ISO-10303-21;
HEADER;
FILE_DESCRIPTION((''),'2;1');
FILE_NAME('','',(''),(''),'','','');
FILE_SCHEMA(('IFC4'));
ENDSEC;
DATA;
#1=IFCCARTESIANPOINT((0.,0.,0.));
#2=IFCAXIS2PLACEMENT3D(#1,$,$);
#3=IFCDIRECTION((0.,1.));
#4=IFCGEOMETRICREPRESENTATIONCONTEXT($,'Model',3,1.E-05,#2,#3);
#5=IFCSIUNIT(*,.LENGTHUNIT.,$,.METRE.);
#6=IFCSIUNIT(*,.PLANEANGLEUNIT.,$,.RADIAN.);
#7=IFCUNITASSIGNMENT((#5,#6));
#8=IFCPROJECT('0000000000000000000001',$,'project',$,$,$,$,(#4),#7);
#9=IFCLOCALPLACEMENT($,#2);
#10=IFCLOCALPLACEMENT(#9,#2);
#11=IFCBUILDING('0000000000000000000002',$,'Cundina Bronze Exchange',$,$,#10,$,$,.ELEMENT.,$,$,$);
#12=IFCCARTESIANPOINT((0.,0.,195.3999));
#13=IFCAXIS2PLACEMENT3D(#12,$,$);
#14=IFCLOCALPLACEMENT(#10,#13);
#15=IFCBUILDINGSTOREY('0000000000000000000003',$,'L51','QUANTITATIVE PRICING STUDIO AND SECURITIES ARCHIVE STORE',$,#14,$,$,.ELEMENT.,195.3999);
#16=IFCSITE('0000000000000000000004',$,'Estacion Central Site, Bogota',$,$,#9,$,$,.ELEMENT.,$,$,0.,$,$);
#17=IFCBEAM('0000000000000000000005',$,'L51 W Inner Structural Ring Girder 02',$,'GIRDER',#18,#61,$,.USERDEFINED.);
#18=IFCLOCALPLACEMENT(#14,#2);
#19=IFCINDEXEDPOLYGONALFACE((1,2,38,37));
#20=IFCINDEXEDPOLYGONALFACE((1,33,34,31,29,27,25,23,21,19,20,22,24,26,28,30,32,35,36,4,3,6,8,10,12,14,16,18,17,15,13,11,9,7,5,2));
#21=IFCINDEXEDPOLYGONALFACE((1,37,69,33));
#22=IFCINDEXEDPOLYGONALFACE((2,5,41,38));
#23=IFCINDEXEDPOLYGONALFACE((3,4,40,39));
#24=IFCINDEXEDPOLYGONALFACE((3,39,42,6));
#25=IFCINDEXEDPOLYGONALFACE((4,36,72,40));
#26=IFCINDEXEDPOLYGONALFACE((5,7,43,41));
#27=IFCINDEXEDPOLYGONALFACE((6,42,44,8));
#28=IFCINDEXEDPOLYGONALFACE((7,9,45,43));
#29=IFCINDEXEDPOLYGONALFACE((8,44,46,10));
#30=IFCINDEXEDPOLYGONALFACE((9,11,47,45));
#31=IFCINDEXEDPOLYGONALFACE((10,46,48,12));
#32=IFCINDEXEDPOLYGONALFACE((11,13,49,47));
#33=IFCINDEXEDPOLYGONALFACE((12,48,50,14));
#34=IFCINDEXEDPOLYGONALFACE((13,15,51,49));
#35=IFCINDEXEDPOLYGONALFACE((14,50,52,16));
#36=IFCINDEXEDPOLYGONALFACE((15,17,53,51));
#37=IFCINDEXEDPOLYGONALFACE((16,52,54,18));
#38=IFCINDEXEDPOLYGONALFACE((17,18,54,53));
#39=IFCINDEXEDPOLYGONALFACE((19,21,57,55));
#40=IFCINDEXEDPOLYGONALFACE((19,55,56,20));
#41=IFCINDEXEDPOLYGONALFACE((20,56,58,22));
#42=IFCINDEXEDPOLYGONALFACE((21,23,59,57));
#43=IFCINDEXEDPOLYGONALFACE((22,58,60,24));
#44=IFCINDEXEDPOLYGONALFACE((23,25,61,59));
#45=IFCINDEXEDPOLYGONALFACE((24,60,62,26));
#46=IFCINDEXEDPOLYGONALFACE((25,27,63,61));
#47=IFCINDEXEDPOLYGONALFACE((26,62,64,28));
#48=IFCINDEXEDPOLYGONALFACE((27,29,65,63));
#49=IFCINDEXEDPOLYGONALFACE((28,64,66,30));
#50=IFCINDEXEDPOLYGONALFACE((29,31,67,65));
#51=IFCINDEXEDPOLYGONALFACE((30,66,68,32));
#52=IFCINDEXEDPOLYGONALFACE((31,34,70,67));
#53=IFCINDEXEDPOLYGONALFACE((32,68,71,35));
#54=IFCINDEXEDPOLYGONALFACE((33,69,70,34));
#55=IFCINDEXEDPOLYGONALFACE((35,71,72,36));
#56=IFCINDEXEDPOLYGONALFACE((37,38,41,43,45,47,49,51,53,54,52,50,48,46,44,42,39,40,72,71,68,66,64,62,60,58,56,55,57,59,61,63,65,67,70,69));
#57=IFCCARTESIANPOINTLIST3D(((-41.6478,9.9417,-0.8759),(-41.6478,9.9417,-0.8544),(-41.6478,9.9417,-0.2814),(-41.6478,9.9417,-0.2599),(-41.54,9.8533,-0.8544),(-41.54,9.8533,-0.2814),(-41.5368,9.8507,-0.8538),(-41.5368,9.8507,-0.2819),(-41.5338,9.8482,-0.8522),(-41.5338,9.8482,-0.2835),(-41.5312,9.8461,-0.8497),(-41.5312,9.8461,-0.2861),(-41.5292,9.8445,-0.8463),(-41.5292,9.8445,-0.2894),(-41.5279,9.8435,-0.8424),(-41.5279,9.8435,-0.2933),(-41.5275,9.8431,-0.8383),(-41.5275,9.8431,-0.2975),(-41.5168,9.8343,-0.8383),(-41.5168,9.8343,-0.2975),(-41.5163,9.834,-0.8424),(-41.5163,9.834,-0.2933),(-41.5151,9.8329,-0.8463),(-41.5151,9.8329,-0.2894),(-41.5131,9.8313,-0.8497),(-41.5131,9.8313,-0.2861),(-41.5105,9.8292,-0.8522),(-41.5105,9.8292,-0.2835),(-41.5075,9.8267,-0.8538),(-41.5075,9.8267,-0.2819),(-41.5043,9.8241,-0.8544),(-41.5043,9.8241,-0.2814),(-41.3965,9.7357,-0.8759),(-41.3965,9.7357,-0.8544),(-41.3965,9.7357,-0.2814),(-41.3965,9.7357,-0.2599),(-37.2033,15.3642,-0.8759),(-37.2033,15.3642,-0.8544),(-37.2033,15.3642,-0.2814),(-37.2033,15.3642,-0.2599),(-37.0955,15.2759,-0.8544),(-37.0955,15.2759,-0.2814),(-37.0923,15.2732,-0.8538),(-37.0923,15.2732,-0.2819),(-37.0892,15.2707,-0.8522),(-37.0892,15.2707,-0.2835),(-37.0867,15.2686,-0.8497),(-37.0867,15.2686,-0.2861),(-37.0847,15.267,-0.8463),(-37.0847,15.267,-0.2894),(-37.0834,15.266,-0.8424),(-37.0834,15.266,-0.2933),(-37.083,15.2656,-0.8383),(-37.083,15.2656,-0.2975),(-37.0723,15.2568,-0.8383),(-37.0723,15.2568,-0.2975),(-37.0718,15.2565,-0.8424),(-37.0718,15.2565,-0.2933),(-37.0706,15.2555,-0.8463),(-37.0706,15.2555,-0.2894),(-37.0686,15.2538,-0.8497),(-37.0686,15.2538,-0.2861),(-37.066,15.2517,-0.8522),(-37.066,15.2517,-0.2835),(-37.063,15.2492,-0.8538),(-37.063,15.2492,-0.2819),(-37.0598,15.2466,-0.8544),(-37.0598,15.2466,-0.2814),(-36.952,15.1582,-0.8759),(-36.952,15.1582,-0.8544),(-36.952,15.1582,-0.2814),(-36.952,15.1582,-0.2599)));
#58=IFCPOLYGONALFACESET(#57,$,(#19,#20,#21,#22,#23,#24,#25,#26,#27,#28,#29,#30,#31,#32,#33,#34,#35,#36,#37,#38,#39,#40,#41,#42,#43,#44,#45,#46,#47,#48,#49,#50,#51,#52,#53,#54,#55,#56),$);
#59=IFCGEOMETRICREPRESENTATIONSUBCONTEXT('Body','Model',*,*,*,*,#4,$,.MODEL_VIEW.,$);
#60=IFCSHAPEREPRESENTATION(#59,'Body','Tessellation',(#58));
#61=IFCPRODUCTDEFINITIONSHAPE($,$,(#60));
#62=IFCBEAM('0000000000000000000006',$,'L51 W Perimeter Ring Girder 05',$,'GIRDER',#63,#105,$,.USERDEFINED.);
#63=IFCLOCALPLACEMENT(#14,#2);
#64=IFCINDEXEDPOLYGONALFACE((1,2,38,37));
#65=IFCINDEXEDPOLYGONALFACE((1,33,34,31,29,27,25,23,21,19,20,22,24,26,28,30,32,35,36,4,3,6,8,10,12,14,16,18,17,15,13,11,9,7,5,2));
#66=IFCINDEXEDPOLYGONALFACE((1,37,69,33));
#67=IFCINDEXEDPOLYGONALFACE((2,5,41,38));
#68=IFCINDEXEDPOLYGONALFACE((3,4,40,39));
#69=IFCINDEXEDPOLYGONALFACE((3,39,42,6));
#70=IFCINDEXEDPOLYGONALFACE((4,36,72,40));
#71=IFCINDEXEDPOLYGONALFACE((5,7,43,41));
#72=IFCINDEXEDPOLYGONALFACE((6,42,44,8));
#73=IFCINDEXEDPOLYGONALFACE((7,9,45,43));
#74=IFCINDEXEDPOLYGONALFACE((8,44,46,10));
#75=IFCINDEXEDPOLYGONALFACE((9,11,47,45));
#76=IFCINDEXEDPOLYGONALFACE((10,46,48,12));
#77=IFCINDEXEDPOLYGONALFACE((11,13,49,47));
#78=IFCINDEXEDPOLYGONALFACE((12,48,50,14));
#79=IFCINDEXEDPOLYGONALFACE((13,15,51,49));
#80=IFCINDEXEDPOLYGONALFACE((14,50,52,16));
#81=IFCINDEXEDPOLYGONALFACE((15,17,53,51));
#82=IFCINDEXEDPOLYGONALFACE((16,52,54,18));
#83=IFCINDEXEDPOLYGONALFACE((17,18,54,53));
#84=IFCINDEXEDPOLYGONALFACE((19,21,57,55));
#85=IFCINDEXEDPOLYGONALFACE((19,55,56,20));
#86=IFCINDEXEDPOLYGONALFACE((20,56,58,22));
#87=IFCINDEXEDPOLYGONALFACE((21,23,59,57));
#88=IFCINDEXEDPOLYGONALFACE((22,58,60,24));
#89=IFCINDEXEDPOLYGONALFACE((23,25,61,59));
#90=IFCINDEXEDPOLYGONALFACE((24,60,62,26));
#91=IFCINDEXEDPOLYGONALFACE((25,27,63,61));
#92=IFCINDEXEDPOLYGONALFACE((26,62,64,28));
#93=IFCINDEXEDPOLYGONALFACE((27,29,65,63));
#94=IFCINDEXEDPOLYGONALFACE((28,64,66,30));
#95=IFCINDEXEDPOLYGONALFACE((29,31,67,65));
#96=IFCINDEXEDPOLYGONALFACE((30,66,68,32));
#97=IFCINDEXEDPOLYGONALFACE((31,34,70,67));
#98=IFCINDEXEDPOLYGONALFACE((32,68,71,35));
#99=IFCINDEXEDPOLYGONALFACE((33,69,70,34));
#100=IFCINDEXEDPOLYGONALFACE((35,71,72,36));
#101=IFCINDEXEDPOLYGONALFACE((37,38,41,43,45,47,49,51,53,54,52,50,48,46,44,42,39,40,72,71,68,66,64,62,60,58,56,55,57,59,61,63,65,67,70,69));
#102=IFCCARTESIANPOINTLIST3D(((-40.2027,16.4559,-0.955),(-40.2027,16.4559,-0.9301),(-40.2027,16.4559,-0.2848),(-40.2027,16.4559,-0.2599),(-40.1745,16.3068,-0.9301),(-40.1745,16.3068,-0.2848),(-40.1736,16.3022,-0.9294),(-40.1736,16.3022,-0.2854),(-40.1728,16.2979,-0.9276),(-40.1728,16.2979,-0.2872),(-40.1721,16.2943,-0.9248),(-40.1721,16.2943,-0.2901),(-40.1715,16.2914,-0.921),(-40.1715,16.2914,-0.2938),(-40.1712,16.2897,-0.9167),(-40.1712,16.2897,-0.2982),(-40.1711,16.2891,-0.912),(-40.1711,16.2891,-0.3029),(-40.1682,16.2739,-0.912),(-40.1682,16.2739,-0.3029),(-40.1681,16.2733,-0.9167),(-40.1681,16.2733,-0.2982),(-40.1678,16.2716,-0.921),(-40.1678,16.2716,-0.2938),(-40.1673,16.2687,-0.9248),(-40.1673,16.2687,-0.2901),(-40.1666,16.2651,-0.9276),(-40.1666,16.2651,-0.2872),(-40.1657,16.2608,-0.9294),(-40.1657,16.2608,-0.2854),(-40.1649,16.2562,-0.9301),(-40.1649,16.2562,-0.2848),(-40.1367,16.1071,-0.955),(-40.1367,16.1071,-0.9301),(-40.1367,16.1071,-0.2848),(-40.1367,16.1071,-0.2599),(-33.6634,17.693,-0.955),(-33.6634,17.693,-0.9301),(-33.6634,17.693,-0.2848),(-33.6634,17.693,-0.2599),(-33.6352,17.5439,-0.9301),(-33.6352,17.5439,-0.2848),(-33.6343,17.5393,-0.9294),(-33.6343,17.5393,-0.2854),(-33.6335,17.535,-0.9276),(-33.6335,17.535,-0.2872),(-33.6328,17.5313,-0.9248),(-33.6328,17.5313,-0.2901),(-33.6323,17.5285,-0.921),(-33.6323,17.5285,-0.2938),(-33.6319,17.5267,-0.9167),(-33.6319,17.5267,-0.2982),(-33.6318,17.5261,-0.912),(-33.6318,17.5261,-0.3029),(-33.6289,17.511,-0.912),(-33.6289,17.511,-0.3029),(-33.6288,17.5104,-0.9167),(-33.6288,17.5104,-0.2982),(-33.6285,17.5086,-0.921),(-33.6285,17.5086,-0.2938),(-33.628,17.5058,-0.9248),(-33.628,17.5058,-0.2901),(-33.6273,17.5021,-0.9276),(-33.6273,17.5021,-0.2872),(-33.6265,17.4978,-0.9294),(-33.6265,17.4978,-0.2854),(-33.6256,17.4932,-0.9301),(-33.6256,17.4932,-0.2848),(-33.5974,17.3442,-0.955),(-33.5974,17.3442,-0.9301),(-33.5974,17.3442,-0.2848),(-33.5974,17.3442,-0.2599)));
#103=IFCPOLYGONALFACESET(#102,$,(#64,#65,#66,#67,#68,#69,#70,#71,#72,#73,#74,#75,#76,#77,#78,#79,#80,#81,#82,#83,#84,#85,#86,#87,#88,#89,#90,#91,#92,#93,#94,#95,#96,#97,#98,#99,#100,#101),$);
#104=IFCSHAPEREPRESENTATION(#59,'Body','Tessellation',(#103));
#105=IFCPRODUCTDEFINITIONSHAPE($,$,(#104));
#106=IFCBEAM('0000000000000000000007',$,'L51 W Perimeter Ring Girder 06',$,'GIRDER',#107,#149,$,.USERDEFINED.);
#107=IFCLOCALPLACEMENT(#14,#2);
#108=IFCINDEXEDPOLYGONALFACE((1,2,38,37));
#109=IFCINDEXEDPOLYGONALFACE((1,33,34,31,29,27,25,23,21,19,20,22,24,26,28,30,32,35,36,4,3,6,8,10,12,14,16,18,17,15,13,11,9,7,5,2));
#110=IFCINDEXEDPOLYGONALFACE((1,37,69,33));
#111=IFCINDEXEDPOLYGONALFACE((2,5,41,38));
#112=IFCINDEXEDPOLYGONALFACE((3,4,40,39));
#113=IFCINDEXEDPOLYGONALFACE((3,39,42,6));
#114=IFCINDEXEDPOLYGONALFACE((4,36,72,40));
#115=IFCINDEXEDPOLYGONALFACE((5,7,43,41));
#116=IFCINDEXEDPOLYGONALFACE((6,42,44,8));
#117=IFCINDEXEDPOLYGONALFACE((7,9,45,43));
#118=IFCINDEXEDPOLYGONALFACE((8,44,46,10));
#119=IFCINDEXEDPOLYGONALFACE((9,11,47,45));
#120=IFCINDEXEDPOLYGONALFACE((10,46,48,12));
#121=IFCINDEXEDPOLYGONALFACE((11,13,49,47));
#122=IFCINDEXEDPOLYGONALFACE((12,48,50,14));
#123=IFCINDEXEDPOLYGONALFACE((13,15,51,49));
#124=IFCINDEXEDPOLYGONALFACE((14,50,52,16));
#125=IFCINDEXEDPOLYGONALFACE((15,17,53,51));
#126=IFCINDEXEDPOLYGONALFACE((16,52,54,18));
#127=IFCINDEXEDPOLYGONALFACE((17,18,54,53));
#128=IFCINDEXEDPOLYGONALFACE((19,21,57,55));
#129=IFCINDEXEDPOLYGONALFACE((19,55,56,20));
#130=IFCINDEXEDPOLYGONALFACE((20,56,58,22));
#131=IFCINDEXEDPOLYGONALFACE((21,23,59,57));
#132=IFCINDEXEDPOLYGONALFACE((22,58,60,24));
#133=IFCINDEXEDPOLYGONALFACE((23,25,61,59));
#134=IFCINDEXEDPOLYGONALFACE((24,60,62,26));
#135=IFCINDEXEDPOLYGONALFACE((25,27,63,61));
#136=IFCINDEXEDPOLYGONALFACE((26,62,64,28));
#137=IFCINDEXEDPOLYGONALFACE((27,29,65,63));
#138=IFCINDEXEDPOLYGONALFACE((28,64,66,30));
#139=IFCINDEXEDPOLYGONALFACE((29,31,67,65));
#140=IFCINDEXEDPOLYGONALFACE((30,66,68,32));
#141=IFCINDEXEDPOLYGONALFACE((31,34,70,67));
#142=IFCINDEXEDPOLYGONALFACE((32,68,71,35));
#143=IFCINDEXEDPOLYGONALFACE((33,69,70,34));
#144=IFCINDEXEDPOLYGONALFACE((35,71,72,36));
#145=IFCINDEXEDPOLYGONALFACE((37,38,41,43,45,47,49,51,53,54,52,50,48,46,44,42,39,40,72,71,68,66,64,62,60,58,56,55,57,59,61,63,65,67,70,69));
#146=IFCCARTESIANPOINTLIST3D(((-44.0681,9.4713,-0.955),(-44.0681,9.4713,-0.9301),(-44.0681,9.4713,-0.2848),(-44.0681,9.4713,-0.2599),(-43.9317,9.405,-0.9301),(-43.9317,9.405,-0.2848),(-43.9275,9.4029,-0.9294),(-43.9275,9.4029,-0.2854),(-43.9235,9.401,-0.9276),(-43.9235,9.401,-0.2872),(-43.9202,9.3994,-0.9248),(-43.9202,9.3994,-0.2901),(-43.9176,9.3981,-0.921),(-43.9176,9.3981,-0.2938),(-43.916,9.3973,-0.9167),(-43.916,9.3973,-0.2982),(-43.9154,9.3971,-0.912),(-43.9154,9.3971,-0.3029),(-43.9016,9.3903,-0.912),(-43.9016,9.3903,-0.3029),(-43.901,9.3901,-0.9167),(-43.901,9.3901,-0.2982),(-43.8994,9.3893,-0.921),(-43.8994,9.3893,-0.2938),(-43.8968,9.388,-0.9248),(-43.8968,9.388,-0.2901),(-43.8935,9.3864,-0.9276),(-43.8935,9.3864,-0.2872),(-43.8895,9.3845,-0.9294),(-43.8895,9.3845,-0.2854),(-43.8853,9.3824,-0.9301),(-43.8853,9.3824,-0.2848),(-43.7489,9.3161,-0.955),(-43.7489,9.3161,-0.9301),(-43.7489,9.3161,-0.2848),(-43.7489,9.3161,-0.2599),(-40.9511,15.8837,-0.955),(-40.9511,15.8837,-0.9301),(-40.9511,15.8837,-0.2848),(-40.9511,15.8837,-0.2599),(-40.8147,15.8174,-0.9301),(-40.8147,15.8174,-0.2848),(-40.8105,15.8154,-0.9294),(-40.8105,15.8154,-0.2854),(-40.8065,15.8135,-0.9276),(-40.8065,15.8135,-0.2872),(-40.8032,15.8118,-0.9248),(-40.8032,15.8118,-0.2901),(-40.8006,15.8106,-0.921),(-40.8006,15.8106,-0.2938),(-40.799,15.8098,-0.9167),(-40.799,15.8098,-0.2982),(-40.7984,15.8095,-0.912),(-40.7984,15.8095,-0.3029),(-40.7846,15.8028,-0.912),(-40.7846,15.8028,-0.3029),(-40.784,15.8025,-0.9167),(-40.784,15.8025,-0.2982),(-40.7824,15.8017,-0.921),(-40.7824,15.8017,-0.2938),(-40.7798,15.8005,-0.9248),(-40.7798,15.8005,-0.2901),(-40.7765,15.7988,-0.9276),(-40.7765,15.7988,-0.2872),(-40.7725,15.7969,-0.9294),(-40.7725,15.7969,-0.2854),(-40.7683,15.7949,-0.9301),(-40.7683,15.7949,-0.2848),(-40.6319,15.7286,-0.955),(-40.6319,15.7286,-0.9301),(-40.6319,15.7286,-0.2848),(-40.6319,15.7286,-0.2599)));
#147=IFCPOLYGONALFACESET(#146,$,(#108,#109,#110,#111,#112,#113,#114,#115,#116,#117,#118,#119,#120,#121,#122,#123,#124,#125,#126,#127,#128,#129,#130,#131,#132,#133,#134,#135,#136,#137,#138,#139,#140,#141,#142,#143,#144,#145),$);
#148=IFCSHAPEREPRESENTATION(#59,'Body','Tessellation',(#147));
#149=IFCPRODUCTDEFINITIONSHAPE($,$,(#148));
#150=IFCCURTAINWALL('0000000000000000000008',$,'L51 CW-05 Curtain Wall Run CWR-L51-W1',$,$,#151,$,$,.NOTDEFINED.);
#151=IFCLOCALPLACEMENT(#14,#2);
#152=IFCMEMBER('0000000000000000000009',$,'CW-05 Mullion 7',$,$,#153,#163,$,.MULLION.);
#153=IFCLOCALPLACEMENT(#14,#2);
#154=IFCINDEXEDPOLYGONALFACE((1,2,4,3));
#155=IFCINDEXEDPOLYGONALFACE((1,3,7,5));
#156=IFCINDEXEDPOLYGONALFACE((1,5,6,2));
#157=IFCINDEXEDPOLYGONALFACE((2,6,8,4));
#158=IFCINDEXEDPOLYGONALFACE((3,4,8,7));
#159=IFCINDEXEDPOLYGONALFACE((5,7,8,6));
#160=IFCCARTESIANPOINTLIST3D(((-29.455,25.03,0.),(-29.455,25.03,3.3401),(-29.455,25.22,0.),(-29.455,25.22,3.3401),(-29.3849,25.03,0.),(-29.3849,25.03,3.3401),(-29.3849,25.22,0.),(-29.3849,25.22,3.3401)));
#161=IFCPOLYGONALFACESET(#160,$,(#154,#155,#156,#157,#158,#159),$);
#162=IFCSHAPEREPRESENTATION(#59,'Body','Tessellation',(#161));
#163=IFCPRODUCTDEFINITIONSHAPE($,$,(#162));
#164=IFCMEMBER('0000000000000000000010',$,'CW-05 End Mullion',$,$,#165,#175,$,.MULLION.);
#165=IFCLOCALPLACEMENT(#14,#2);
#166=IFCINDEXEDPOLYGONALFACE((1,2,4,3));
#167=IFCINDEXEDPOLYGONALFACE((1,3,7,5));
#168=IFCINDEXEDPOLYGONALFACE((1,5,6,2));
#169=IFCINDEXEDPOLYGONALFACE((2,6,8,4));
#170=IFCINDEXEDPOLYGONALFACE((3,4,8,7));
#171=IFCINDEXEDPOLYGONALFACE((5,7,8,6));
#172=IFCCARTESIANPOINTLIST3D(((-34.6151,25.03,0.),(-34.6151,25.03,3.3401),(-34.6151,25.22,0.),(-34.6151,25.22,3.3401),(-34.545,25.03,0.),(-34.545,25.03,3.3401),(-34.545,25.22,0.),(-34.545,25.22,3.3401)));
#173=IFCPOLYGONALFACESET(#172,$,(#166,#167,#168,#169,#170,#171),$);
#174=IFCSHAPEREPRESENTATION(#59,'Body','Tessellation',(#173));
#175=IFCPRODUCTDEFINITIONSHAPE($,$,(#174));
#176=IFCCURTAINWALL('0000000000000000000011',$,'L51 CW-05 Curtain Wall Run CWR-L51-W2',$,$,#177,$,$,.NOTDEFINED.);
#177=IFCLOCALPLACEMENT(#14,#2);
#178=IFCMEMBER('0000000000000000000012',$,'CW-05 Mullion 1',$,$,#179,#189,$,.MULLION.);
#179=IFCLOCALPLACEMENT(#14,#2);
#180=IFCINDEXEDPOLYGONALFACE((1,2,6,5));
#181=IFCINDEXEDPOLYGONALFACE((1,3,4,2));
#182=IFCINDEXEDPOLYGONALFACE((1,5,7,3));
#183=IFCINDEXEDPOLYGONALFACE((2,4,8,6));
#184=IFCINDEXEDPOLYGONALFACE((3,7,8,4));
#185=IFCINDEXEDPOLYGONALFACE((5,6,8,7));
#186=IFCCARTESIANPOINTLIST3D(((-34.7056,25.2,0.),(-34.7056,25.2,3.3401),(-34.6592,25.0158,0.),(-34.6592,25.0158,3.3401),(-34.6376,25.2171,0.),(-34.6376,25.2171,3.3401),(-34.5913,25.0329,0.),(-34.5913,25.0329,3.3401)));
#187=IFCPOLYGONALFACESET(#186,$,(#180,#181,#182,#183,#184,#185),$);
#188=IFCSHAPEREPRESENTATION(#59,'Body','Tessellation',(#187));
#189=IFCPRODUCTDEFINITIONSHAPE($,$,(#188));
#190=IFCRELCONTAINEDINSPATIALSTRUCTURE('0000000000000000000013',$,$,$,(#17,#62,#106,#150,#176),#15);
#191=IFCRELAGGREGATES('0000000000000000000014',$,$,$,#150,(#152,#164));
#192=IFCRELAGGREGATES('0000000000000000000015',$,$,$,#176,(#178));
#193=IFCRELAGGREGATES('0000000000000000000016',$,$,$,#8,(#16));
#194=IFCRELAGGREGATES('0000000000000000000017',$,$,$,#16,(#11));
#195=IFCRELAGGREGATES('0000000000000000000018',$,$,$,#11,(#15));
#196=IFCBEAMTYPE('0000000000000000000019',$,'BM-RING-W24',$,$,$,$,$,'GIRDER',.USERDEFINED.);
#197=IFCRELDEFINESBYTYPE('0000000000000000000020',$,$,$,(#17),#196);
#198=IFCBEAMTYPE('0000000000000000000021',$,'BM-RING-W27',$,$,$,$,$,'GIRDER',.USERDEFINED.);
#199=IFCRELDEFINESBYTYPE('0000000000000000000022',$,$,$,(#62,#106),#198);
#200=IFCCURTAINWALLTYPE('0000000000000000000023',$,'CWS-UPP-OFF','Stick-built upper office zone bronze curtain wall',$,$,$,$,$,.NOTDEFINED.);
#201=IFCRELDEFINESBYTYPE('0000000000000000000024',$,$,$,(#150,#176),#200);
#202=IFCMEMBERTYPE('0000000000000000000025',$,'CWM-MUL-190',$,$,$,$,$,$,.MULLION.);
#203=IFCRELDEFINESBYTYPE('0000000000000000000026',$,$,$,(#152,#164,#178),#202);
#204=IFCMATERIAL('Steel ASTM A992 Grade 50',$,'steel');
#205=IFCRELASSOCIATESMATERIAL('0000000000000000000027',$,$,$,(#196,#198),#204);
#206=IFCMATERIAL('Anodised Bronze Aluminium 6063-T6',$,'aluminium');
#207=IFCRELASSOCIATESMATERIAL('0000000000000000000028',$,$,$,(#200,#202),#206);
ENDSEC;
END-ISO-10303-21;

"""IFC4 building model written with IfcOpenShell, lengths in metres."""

from ifc_helpers import new_model, si_unit, direction, frame, origin, origin_2d, place, context, subcontext, project, spatial, rectangle, i_section, extrude, material, material_profile, profile_set, type_object, element, aggregate, save


model = new_model("IFC4")

# Units and contexts
model_context = context("Model", 3, precision=1e-05, world=origin(), true_north=direction((0.0, 1.0)))
body_context = subcontext(model_context, "Body", "Model", "MODEL_VIEW")
ifc_project = project(units=[si_unit("LENGTHUNIT", "METRE"), si_unit("PLANEANGLEUNIT", "RADIAN")], contexts=[model_context])

# Site, building, storey
site_placement = place(None, origin())
site = spatial("IfcSite", under=ifc_project, at=site_placement, Name="Estacion Central Site, Bogota", CompositionType="ELEMENT", RefElevation=0.0)
building_placement = place(site_placement, origin())
building = spatial("IfcBuilding", under=site, at=building_placement, Name="Cundina Bronze Exchange", CompositionType="ELEMENT")
storey_placement = place(building_placement, frame((0.0, 0.0, 195.3999)))
storey = spatial("IfcBuildingStorey", under=building, at=storey_placement, Name="L51", Description="QUANTITATIVE PRICING STUDIO AND SECURITIES ARCHIVE STORE", CompositionType="ELEMENT", Elevation=195.3999)

# Beams
ifc_material_1 = material(Name="Steel ASTM A992 Grade 50", Category="steel")
ifc_material_profile_1 = material_profile(ifc_material_1, i_section(OverallWidth=0.325, OverallDepth=0.616, WebThickness=0.0139, FlangeThickness=0.0215, FilletRadius=0.0161, at=origin_2d()), Name="W24X117", Category="steel")
ifc_profile_set_1 = profile_set([ifc_material_profile_1], Name="Steel ASTM A992 Grade 50")
beam_type_1 = type_object("IfcBeamType", Name="BM-RING-W24", ElementType="GIRDER", PredefinedType="USERDEFINED", material=ifc_profile_set_1)
beam_1_placement = place(storey_placement, frame((-37.0776, 15.2612, -0.5679), z_axis=(-0.633913, -0.773405, 0.0), x_axis=(0.773405, -0.633913, 0.0)))
element("IfcBeam", 1, at=beam_1_placement, inside=storey, type_object=beam_type_1, Name="L51 W Inner Structural Ring Girder 02", ObjectType="GIRDER", PredefinedType="USERDEFINED", context=body_context, shape_type="SweptSolid", body=[
    extrude(i_section(OverallWidth=0.325, OverallDepth=0.616, WebThickness=0.0139, FlangeThickness=0.0215, FilletRadius=0.0161, at=origin_2d()), origin(), (0.0, 0.0, 1.0), 7.0112),
])
ifc_material_profile_2 = material_profile(ifc_material_1, i_section(OverallWidth=0.355, OverallDepth=0.6951, WebThickness=0.0154, FlangeThickness=0.0249, FilletRadius=0.0181, at=origin_2d()), Name="W27X146", Category="steel")
ifc_profile_set_2 = profile_set([ifc_material_profile_2], Name="Steel ASTM A992 Grade 50")
beam_type_2 = type_object("IfcBeamType", Name="BM-RING-W27", ElementType="GIRDER", PredefinedType="USERDEFINED", material=ifc_profile_set_2)
beam_2_placement = place(storey_placement, frame((-33.6304, 17.5186, -0.6074), z_axis=(-0.982573, -0.185876, 0.0), x_axis=(0.185876, -0.982573, 0.0)))
element("IfcBeam", 2, at=beam_2_placement, inside=storey, type_object=beam_type_2, Name="L51 W Perimeter Ring Girder 05", ObjectType="GIRDER", PredefinedType="USERDEFINED", context=body_context, shape_type="SweptSolid", body=[
    extrude(i_section(OverallWidth=0.355, OverallDepth=0.6951, WebThickness=0.0154, FlangeThickness=0.0249, FilletRadius=0.0181, at=origin_2d()), origin(), (0.0, 0.0, 1.0), 6.6553),
])
beam_3_placement = place(storey_placement, frame((-40.7915, 15.8062, -0.6074), z_axis=(-0.437173, -0.899377, 0.0), x_axis=(0.899377, -0.437173, 0.0)))
element("IfcBeam", 3, at=beam_3_placement, inside=storey, type_object=beam_type_2, Name="L51 W Perimeter Ring Girder 06", ObjectType="GIRDER", PredefinedType="USERDEFINED", context=body_context, shape_type="SweptSolid", body=[
    extrude(i_section(OverallWidth=0.355, OverallDepth=0.6951, WebThickness=0.0154, FlangeThickness=0.0249, FilletRadius=0.0181, at=origin_2d()), origin(), (0.0, 0.0, 1.0), 7.1299),
])

# Curtain walls, members
ifc_material_2 = material(Name="Anodised Bronze Aluminium 6063-T6", Category="aluminium")
curtain_wall_type = type_object("IfcCurtainWallType", Name="CWS-UPP-OFF", Description="Stick-built upper office zone bronze curtain wall", PredefinedType="NOTDEFINED", material=ifc_material_2)
curtain_wall_1_placement = place(storey_placement, origin())
curtain_wall_1 = element("IfcCurtainWall", 4, at=curtain_wall_1_placement, inside=storey, type_object=curtain_wall_type, Name="L51 CW-05 Curtain Wall Run CWR-L51-W1", PredefinedType="NOTDEFINED")
ifc_material_profile_3 = material_profile(ifc_material_2, rectangle(XDim=0.0701, YDim=0.1899, at=origin_2d()), Name="AL70X190", Category="aluminium")
ifc_profile_set_3 = profile_set([ifc_material_profile_3], Name="Anodised Bronze Aluminium 6063-T6")
member_type_1 = type_object("IfcMemberType", Name="CWM-MUL-190", PredefinedType="MULLION", material=ifc_profile_set_3)
member_1_placement = place(storey_placement, frame((-29.4199, 25.125, 0.0), z_axis=(0.0, 0.0, 1.0), x_axis=(-1.0, 0.0, 0.0)))
member_1 = element("IfcMember", 5, at=member_1_placement, type_object=member_type_1, Name="CW-05 Mullion 7", PredefinedType="MULLION", context=body_context, shape_type="SweptSolid", body=[
    extrude(rectangle(XDim=0.0701, YDim=0.1899, at=origin_2d()), origin(), (0.0, 0.0, 1.0), 3.3401),
])
member_2_placement = place(storey_placement, frame((-34.5801, 25.125, 0.0), z_axis=(0.0, 0.0, 1.0), x_axis=(-1.0, 0.0, 0.0)))
member_2 = element("IfcMember", 6, at=member_2_placement, type_object=member_type_1, Name="CW-05 End Mullion", PredefinedType="MULLION", context=body_context, shape_type="SweptSolid", body=[
    extrude(rectangle(XDim=0.0701, YDim=0.1899, at=origin_2d()), origin(), (0.0, 0.0, 1.0), 3.3401),
])
curtain_wall_2_placement = place(storey_placement, origin())
curtain_wall_2 = element("IfcCurtainWall", 7, at=curtain_wall_2_placement, inside=storey, type_object=curtain_wall_type, Name="L51 CW-05 Curtain Wall Run CWR-L51-W2", PredefinedType="NOTDEFINED")
member_3_placement = place(storey_placement, frame((-34.6484, 25.1165, 0.0), z_axis=(0.0, 0.0, 1.0), x_axis=(-0.969744, -0.244123, 0.0)))
member_3 = element("IfcMember", 8, at=member_3_placement, type_object=member_type_1, Name="CW-05 Mullion 1", PredefinedType="MULLION", context=body_context, shape_type="SweptSolid", body=[
    extrude(rectangle(XDim=0.0701, YDim=0.1899, at=origin_2d()), origin(), (0.0, 0.0, 1.0), 3.3401),
])

aggregate(curtain_wall_1, [member_1, member_2])
aggregate(curtain_wall_2, [member_3])

save(model, "model.ifc")
